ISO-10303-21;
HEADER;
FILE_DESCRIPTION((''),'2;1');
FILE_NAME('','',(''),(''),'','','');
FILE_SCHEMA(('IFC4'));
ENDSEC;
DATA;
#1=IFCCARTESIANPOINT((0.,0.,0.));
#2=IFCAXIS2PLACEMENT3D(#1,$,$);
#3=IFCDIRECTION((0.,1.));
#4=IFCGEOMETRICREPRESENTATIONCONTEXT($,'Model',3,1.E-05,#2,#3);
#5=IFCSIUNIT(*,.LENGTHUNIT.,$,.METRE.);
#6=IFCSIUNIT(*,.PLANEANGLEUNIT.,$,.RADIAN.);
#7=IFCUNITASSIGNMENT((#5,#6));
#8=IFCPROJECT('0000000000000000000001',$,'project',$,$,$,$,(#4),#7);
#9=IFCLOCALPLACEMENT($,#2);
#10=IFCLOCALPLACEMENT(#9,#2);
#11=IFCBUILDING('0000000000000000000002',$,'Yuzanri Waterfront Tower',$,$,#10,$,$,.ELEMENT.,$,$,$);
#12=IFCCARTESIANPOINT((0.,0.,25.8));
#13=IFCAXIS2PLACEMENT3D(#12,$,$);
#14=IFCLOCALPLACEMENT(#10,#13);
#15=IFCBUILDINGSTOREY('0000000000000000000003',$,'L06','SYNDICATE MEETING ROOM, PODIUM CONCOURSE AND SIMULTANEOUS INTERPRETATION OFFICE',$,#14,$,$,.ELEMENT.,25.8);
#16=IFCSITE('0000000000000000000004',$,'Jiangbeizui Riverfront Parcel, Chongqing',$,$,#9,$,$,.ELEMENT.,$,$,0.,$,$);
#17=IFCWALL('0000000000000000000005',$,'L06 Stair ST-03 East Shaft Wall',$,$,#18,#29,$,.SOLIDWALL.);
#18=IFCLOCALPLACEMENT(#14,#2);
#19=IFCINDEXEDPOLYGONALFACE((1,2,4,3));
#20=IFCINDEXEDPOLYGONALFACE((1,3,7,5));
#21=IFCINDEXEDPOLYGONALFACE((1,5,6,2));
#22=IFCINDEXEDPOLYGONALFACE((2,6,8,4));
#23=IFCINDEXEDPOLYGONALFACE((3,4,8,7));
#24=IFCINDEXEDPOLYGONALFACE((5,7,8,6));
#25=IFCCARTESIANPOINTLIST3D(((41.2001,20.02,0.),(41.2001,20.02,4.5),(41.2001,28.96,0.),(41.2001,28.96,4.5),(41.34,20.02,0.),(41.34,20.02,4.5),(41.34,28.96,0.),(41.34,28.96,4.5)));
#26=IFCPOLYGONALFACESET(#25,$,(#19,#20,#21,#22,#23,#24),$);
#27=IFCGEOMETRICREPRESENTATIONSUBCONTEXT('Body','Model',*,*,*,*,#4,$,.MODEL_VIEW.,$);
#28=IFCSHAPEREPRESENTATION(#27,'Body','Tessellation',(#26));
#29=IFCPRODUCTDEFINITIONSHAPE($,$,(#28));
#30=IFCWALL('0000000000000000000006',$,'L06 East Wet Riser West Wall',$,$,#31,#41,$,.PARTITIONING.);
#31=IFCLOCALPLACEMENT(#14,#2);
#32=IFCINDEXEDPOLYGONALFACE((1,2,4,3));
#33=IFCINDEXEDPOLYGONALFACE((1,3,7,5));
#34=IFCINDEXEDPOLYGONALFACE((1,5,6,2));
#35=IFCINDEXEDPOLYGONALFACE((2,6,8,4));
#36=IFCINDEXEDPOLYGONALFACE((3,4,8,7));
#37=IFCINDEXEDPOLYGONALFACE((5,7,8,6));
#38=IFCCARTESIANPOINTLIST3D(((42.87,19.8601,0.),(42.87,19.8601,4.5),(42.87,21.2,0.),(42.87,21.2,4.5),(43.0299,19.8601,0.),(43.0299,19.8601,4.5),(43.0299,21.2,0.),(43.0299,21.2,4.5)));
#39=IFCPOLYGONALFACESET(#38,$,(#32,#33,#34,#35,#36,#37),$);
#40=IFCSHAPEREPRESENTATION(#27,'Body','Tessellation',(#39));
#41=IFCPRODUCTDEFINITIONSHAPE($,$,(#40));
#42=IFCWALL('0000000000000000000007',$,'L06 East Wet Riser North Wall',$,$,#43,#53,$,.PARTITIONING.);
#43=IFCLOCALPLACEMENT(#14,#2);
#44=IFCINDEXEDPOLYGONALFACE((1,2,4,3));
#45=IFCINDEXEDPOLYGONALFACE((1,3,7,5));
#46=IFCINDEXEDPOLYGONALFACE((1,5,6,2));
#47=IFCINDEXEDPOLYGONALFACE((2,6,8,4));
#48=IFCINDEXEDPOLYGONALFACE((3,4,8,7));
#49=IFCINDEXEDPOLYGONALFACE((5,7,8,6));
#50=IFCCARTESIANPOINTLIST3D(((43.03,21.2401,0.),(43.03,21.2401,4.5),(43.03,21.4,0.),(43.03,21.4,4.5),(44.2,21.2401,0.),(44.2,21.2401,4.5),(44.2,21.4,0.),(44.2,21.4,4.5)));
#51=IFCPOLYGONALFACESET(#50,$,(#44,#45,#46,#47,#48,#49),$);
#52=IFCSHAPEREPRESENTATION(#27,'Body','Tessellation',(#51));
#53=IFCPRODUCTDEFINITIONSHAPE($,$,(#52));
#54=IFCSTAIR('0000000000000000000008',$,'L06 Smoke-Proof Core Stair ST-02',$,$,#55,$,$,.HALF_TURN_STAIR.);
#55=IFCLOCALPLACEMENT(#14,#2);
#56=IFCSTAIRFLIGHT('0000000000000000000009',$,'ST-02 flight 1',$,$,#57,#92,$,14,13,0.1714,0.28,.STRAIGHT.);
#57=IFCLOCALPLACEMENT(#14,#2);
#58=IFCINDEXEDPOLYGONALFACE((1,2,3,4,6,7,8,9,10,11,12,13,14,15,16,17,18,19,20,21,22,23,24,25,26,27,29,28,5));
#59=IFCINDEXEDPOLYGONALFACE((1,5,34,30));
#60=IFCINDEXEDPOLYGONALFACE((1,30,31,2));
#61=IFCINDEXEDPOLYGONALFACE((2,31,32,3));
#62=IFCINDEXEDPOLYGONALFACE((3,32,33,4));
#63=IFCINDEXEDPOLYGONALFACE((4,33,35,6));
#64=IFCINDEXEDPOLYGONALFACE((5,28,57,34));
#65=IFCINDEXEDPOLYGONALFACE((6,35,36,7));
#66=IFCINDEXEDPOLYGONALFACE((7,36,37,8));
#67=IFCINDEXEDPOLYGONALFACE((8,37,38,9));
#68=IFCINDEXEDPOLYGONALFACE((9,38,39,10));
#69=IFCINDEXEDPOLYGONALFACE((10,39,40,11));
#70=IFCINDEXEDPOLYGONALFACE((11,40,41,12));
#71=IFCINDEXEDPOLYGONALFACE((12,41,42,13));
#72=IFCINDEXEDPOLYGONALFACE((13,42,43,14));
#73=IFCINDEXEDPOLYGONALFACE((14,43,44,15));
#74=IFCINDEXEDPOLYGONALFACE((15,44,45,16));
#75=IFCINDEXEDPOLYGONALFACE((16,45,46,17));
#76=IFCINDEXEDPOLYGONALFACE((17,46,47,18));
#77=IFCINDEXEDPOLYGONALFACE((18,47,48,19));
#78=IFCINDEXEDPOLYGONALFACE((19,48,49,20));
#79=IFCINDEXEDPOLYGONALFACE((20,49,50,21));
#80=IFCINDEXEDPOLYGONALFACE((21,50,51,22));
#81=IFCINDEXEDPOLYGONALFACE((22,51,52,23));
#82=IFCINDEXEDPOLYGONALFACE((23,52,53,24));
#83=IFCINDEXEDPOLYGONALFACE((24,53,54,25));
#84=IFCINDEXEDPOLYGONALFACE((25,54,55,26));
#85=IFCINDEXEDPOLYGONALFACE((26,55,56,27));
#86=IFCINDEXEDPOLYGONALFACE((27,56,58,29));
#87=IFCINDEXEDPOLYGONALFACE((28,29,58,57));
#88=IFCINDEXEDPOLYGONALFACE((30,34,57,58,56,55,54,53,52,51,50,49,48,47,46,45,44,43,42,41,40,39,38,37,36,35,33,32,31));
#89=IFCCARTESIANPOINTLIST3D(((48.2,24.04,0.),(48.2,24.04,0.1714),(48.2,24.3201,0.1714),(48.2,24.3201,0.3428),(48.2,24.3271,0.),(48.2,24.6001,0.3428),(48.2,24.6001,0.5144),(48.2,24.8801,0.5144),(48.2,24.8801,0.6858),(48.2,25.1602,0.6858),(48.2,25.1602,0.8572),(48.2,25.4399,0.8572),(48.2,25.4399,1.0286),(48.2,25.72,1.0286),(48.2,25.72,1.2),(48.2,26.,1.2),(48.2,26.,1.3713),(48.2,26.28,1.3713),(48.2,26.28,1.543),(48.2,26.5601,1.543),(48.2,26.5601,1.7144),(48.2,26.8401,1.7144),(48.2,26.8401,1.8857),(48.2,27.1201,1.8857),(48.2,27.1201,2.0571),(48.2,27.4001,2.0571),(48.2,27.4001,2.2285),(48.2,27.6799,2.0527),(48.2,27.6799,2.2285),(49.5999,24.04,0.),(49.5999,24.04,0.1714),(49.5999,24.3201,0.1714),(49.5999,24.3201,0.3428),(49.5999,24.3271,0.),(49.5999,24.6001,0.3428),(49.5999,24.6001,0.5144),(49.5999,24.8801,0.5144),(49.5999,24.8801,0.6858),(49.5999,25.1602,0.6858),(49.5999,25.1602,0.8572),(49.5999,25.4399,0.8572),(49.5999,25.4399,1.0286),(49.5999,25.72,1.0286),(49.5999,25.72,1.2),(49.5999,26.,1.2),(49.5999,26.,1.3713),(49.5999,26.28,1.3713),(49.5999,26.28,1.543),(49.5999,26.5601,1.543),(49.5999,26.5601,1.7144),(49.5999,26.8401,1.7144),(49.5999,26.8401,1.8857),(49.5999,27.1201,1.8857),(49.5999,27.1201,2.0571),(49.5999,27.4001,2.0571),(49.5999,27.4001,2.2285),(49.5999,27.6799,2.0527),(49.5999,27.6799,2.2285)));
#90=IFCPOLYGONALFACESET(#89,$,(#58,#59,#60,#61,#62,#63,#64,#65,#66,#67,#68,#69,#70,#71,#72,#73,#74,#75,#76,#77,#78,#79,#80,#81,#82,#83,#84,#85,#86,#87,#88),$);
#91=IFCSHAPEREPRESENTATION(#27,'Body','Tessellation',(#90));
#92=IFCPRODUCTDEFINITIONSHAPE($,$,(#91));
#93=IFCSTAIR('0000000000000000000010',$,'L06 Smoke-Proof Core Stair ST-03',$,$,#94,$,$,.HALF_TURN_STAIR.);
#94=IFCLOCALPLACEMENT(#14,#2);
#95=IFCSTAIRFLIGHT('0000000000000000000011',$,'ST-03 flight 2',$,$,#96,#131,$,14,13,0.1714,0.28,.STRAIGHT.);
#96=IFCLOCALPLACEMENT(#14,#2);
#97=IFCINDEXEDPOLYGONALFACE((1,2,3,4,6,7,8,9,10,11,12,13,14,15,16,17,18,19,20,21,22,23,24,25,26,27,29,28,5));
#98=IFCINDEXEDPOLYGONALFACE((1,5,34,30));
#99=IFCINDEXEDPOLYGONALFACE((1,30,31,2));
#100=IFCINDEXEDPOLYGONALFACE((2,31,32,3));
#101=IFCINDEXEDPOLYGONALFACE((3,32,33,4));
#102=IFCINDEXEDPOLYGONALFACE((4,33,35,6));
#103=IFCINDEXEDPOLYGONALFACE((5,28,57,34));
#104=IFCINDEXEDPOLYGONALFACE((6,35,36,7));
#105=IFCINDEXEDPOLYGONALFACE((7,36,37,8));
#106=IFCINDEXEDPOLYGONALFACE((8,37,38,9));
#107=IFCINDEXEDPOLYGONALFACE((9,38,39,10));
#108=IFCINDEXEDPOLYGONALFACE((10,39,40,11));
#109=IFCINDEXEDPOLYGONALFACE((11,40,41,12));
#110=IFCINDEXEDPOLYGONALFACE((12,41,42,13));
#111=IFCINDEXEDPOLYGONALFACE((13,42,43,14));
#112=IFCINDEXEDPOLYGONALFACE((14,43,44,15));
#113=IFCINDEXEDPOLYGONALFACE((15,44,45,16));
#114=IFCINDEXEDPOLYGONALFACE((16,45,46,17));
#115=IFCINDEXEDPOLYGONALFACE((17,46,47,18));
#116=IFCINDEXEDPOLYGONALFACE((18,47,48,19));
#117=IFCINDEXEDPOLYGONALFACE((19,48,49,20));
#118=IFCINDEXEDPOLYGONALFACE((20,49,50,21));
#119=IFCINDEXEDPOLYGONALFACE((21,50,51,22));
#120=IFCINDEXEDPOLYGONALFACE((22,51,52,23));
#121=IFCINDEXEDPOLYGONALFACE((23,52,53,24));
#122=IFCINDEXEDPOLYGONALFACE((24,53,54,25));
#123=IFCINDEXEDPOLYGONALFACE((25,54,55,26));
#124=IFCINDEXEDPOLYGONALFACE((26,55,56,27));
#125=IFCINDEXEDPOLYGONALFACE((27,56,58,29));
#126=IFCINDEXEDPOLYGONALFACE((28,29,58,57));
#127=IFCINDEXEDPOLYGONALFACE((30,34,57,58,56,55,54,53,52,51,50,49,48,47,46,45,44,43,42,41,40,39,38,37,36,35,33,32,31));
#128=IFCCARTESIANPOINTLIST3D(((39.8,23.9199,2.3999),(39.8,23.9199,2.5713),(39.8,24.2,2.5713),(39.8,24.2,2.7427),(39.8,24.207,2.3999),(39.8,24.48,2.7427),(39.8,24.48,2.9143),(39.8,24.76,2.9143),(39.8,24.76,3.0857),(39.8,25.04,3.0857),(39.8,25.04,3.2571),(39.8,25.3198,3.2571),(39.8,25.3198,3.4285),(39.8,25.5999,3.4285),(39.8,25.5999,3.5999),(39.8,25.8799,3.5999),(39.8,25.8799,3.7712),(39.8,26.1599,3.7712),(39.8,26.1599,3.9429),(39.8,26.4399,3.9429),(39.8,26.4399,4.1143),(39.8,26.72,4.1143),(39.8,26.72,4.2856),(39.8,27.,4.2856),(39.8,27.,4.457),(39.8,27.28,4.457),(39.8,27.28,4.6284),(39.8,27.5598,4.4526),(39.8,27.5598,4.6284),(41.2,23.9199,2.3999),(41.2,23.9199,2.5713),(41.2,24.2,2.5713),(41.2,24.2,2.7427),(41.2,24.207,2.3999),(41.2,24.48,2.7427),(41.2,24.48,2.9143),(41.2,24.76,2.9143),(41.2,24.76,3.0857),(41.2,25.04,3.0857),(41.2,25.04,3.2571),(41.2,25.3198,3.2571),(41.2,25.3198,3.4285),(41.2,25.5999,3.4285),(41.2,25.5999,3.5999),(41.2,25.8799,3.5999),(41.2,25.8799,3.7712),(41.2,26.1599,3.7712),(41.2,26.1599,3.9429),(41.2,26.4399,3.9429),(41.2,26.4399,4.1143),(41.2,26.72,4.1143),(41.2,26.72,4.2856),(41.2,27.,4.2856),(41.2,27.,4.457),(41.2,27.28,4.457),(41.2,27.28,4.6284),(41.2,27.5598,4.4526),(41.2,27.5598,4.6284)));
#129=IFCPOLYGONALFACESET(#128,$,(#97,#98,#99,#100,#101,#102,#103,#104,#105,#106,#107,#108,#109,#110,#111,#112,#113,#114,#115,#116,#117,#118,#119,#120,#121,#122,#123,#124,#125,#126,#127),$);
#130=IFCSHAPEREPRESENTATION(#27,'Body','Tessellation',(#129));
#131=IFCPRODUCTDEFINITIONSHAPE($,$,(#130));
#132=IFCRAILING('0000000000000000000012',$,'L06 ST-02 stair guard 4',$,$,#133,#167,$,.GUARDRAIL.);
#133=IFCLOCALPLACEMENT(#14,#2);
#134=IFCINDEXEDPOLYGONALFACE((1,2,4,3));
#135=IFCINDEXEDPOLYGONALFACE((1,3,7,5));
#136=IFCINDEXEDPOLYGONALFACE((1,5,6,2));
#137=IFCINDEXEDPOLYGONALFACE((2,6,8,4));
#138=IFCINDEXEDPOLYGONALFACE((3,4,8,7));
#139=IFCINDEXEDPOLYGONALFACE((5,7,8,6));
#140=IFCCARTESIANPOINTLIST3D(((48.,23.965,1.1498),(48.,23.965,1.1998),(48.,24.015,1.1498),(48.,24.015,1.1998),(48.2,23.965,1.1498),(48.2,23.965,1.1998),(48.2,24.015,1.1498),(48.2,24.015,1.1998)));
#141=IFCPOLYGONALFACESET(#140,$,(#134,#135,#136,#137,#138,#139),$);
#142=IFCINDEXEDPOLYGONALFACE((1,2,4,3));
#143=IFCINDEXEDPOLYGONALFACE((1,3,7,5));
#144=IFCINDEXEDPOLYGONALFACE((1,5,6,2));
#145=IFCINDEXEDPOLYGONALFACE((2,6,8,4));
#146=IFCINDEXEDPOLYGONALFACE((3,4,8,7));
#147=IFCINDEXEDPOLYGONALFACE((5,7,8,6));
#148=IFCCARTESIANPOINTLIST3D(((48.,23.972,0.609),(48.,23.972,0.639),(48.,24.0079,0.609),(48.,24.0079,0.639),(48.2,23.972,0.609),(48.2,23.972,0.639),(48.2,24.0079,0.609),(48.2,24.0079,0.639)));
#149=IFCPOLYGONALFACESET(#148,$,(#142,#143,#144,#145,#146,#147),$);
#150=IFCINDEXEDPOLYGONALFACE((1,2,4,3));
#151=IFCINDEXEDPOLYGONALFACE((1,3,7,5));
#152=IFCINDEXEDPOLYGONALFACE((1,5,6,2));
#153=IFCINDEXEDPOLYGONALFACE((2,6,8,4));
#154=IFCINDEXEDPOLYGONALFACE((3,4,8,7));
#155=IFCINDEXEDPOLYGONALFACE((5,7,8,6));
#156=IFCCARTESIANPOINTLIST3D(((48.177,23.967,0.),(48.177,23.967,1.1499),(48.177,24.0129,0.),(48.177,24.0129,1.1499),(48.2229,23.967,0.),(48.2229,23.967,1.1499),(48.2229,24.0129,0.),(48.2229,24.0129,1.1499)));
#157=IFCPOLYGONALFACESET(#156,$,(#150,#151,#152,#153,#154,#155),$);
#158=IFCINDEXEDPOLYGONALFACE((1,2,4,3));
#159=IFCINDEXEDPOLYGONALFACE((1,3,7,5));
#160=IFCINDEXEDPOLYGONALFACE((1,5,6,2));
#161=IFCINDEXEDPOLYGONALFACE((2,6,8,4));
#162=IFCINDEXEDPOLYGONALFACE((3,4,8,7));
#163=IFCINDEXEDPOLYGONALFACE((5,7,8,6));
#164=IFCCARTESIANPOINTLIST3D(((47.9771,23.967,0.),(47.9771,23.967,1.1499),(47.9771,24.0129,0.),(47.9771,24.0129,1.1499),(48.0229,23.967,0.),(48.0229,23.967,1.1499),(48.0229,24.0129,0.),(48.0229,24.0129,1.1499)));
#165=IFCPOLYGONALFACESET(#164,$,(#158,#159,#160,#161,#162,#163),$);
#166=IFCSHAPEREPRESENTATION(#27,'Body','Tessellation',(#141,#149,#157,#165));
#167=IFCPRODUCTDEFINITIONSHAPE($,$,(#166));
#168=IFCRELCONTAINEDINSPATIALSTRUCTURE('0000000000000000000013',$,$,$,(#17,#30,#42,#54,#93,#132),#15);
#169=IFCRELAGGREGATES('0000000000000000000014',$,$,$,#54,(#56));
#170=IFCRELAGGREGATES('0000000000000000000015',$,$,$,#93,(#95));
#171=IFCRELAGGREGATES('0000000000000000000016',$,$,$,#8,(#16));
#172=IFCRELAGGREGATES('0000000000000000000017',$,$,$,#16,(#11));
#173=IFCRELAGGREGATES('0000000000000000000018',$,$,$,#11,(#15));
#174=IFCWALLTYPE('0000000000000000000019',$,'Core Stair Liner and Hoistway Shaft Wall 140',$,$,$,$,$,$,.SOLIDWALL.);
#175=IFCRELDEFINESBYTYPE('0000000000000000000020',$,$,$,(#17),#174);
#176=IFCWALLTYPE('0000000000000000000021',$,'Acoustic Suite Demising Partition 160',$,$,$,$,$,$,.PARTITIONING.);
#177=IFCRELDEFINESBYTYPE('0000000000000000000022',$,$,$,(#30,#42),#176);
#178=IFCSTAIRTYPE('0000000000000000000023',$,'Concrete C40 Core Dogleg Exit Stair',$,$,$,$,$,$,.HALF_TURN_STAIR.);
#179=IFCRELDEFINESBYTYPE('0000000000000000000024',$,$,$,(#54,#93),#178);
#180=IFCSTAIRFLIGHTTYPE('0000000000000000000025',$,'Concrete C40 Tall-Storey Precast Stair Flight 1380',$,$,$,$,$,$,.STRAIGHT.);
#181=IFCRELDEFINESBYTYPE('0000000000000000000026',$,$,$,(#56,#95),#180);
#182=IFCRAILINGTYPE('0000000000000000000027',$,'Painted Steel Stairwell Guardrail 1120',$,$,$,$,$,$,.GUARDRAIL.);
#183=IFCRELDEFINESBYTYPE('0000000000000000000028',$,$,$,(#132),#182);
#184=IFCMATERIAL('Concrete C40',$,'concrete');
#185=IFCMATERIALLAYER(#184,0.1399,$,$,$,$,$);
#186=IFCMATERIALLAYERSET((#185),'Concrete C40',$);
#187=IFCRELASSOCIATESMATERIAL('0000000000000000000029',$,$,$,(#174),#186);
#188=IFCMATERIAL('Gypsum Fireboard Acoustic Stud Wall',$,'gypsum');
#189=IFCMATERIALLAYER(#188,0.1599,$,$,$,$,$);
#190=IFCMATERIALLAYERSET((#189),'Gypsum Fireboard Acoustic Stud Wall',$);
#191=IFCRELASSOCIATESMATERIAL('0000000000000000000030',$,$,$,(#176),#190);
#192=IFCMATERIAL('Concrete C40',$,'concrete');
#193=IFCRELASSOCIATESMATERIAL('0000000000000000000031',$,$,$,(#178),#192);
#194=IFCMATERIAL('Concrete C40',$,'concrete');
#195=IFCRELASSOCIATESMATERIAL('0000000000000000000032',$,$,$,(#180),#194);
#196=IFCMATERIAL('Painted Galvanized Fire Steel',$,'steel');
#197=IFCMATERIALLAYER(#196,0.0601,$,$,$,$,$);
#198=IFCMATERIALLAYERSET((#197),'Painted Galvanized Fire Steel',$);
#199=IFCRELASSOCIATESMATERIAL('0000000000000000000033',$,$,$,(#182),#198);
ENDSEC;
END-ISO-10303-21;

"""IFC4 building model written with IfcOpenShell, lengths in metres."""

from ifc_helpers import new_model, si_unit, direction, frame, frame_2d, origin, origin_2d, place, context, subcontext, project, spatial, polyline, rectangle, outline, extrude, source, transform, mapped, material, layer, layer_set, type_object, element, aggregate, save


model = new_model("IFC4")

# Units and contexts
model_context = context("Model", 3, precision=1e-05, world=origin(), true_north=direction((0.0, 1.0)))
body_context = subcontext(model_context, "Body", "Model", "MODEL_VIEW")
ifc_project = project(units=[si_unit("LENGTHUNIT", "METRE"), si_unit("PLANEANGLEUNIT", "RADIAN")], contexts=[model_context])

# Site, building, storey
site_placement = place(None, origin())
site = spatial("IfcSite", under=ifc_project, at=site_placement, Name="Jiangbeizui Riverfront Parcel, Chongqing", CompositionType="ELEMENT", RefElevation=0.0)
building_placement = place(site_placement, origin())
building = spatial("IfcBuilding", under=site, at=building_placement, Name="Yuzanri Waterfront Tower", CompositionType="ELEMENT")
storey_placement = place(building_placement, frame((0.0, 0.0, 25.8)))
storey = spatial("IfcBuildingStorey", under=building, at=storey_placement, Name="L06", Description="SYNDICATE MEETING ROOM, PODIUM CONCOURSE AND SIMULTANEOUS INTERPRETATION OFFICE", CompositionType="ELEMENT", Elevation=25.8)

# Shared definitions
ifc_material_1 = material(Name="Concrete C40", Category="concrete")
ifc_layer_1 = layer(ifc_material_1, 0.1399)
ifc_layer_set_1 = layer_set([ifc_layer_1], Name="Concrete C40")
wall_type_1 = type_object("IfcWallType", Name="Core Stair Liner and Hoistway Shaft Wall 140", PredefinedType="SOLIDWALL", material=ifc_layer_set_1)

# Walls
shared_shape_1 = source(origin(), body_context, "Body", "SweptSolid", [
    extrude(rectangle(XDim=8.9399, YDim=0.1399, at=frame_2d((4.47, 0.0))), origin(), (0.0, 0.0, 1.0), 4.5),
])
wall_1_placement = place(storey_placement, frame((41.27, 20.02, 0.0), z_axis=(0.0, 0.0, 1.0), x_axis=(0.0, 1.0, 0.0)))
element("IfcWall", 1, at=wall_1_placement, inside=storey, type_object=wall_type_1, Name="L06 Stair ST-03 East Shaft Wall", PredefinedType="SOLIDWALL", context=body_context, shape_type="MappedRepresentation", body=[
    mapped(shared_shape_1, transform((0.0, 0.0, 0.0), scale=1.0)),
])
ifc_material_2 = material(Name="Gypsum Fireboard Acoustic Stud Wall", Category="gypsum")
ifc_layer_2 = layer(ifc_material_2, 0.1599)
ifc_layer_set_2 = layer_set([ifc_layer_2], Name="Gypsum Fireboard Acoustic Stud Wall")
wall_type_2 = type_object("IfcWallType", Name="Acoustic Suite Demising Partition 160", PredefinedType="PARTITIONING", material=ifc_layer_set_2)
shared_shape_2 = source(origin(), body_context, "Body", "SweptSolid", [
    extrude(rectangle(XDim=1.3398, YDim=0.1599, at=frame_2d((0.6699, 0.0))), origin(), (0.0, 0.0, 1.0), 4.5),
])
wall_2_placement = place(storey_placement, frame((42.95, 19.8601, 0.0), z_axis=(0.0, 0.0, 1.0), x_axis=(0.0, 1.0, 0.0)))
element("IfcWall", 2, at=wall_2_placement, inside=storey, type_object=wall_type_2, Name="L06 East Wet Riser West Wall", PredefinedType="PARTITIONING", context=body_context, shape_type="MappedRepresentation", body=[
    mapped(shared_shape_2, transform((0.0, 0.0, 0.0), scale=1.0)),
])
shared_shape_3 = source(origin(), body_context, "Body", "SweptSolid", [
    extrude(rectangle(XDim=1.1699, YDim=0.1599, at=frame_2d((0.585, 0.0))), origin(), (0.0, 0.0, 1.0), 4.5),
])
wall_3_placement = place(storey_placement, frame((43.03, 21.3201, 0.0), z_axis=(0.0, 0.0, 1.0), x_axis=(1.0, 0.0, 0.0)))
element("IfcWall", 3, at=wall_3_placement, inside=storey, type_object=wall_type_2, Name="L06 East Wet Riser North Wall", PredefinedType="PARTITIONING", context=body_context, shape_type="MappedRepresentation", body=[
    mapped(shared_shape_3, transform((0.0, 0.0, 0.0), scale=1.0)),
])

# Stairs, stair flights
ifc_material_3 = material(Name="Concrete C40", Category="concrete")
stair_type = type_object("IfcStairType", Name="Concrete C40 Core Dogleg Exit Stair", PredefinedType="HALF_TURN_STAIR", material=ifc_material_3)
stair_1_placement = place(storey_placement, origin())
stair_1 = element("IfcStair", 4, at=stair_1_placement, inside=storey, type_object=stair_type, Name="L06 Smoke-Proof Core Stair ST-02", PredefinedType="HALF_TURN_STAIR")
ifc_material_4 = material(Name="Concrete C40", Category="concrete")
stair_flight_type = type_object("IfcStairFlightType", Name="Concrete C40 Tall-Storey Precast Stair Flight 1380", PredefinedType="STRAIGHT", material=ifc_material_4)
shared_shape_4 = source(origin(), body_context, "Body", "SweptSolid", [
    extrude(outline(polyline([(0.0, 0.0), (0.0, 0.1714), (0.28, 0.1714), (0.28, 0.3428), (0.5601, 0.3428), (0.5601, 0.5144), (0.8401, 0.5144), (0.8401, 0.6858), (1.1201, 0.6858), (1.1201, 0.8572), (1.3999, 0.8572), (1.3999, 1.0286), (1.6799, 1.0286), (1.6799, 1.2), (1.96, 1.2), (1.96, 1.3713), (2.24, 1.3713), (2.24, 1.543), (2.52, 1.543), (2.52, 1.7144), (2.8, 1.7144), (2.8, 1.8857), (3.0801, 1.8857), (3.0801, 2.0571), (3.3601, 2.0571), (3.3601, 2.2285), (3.6399, 2.2285), (3.6399, 2.3999), (3.6399, 2.0527), (0.2871, 0.0), (0.0, 0.0)])), frame((0.0, 0.7, 0.0), z_axis=(0.0, -1.0, 0.0), x_axis=(1.0, 0.0, 0.0)), (0.0, 0.0, 1.0), 1.3999),
])
stair_flight_1_placement = place(storey_placement, frame((48.8999, 24.04, 0.0), z_axis=(0.0, 0.0, 1.0), x_axis=(0.0, 1.0, 0.0)))
stair_flight_1 = element("IfcStairFlight", 5, at=stair_flight_1_placement, type_object=stair_flight_type, Name="ST-02 flight 1", NumberOfRisers=14, NumberOfTreads=13, PredefinedType="STRAIGHT", RiserHeight=0.1714, TreadLength=0.28, context=body_context, shape_type="MappedRepresentation", body=[
    mapped(shared_shape_4, transform((0.0, 0.0, 0.0), scale=1.0)),
])
aggregate(stair_1, [stair_flight_1])
stair_2_placement = place(storey_placement, origin())
stair_2 = element("IfcStair", 6, at=stair_2_placement, inside=storey, type_object=stair_type, Name="L06 Smoke-Proof Core Stair ST-03", PredefinedType="HALF_TURN_STAIR")
stair_flight_2_placement = place(storey_placement, frame((40.5, 23.9199, 2.3999), z_axis=(0.0, 0.0, 1.0), x_axis=(0.0, 1.0, 0.0)))
stair_flight_2 = element("IfcStairFlight", 7, at=stair_flight_2_placement, type_object=stair_flight_type, Name="ST-03 flight 2", NumberOfRisers=14, NumberOfTreads=13, PredefinedType="STRAIGHT", RiserHeight=0.1714, TreadLength=0.28, context=body_context, shape_type="MappedRepresentation", body=[
    mapped(shared_shape_4, transform((0.0, 0.0, 0.0), scale=1.0)),
])
aggregate(stair_2, [stair_flight_2])

# Railing
ifc_material_5 = material(Name="Painted Galvanized Fire Steel", Category="steel")
ifc_layer_3 = layer(ifc_material_5, 0.0601)
ifc_layer_set_3 = layer_set([ifc_layer_3], Name="Painted Galvanized Fire Steel")
railing_type_1 = type_object("IfcRailingType", Name="Painted Steel Stairwell Guardrail 1120", PredefinedType="GUARDRAIL", material=ifc_layer_set_3)
shared_shape_5 = source(origin(), body_context, "Body", "SweptSolid", [
    extrude(rectangle(XDim=0.05, YDim=0.05, at=origin_2d()), frame((0.0, 0.0, 1.1748), z_axis=(-1.0, 0.0, 0.0), x_axis=(0.0, -1.0, 0.0)), (0.0, 0.0, 1.0), 0.2),
    extrude(rectangle(XDim=0.0359, YDim=0.03, at=origin_2d()), frame((0.0, 0.0, 0.624), z_axis=(-1.0, 0.0, 0.0), x_axis=(0.0, -1.0, 0.0)), (0.0, 0.0, 1.0), 0.2),
    extrude(rectangle(XDim=0.0459, YDim=0.0459, at=origin_2d()), origin(), (0.0, 0.0, 1.0), 1.1499),
    extrude(rectangle(XDim=0.0459, YDim=0.0459, at=origin_2d()), frame((-0.2, 0.0, 0.0)), (0.0, 0.0, 1.0), 1.1499),
])
railing_1_placement = place(storey_placement, frame((48.2, 23.99, 0.0)))
element("IfcRailing", 8, at=railing_1_placement, inside=storey, type_object=railing_type_1, Name="L06 ST-02 stair guard 4", PredefinedType="GUARDRAIL", context=body_context, shape_type="MappedRepresentation", body=[
    mapped(shared_shape_5, transform((0.0, 0.0, 0.0), scale=1.0)),
])

save(model, "model.ifc")
